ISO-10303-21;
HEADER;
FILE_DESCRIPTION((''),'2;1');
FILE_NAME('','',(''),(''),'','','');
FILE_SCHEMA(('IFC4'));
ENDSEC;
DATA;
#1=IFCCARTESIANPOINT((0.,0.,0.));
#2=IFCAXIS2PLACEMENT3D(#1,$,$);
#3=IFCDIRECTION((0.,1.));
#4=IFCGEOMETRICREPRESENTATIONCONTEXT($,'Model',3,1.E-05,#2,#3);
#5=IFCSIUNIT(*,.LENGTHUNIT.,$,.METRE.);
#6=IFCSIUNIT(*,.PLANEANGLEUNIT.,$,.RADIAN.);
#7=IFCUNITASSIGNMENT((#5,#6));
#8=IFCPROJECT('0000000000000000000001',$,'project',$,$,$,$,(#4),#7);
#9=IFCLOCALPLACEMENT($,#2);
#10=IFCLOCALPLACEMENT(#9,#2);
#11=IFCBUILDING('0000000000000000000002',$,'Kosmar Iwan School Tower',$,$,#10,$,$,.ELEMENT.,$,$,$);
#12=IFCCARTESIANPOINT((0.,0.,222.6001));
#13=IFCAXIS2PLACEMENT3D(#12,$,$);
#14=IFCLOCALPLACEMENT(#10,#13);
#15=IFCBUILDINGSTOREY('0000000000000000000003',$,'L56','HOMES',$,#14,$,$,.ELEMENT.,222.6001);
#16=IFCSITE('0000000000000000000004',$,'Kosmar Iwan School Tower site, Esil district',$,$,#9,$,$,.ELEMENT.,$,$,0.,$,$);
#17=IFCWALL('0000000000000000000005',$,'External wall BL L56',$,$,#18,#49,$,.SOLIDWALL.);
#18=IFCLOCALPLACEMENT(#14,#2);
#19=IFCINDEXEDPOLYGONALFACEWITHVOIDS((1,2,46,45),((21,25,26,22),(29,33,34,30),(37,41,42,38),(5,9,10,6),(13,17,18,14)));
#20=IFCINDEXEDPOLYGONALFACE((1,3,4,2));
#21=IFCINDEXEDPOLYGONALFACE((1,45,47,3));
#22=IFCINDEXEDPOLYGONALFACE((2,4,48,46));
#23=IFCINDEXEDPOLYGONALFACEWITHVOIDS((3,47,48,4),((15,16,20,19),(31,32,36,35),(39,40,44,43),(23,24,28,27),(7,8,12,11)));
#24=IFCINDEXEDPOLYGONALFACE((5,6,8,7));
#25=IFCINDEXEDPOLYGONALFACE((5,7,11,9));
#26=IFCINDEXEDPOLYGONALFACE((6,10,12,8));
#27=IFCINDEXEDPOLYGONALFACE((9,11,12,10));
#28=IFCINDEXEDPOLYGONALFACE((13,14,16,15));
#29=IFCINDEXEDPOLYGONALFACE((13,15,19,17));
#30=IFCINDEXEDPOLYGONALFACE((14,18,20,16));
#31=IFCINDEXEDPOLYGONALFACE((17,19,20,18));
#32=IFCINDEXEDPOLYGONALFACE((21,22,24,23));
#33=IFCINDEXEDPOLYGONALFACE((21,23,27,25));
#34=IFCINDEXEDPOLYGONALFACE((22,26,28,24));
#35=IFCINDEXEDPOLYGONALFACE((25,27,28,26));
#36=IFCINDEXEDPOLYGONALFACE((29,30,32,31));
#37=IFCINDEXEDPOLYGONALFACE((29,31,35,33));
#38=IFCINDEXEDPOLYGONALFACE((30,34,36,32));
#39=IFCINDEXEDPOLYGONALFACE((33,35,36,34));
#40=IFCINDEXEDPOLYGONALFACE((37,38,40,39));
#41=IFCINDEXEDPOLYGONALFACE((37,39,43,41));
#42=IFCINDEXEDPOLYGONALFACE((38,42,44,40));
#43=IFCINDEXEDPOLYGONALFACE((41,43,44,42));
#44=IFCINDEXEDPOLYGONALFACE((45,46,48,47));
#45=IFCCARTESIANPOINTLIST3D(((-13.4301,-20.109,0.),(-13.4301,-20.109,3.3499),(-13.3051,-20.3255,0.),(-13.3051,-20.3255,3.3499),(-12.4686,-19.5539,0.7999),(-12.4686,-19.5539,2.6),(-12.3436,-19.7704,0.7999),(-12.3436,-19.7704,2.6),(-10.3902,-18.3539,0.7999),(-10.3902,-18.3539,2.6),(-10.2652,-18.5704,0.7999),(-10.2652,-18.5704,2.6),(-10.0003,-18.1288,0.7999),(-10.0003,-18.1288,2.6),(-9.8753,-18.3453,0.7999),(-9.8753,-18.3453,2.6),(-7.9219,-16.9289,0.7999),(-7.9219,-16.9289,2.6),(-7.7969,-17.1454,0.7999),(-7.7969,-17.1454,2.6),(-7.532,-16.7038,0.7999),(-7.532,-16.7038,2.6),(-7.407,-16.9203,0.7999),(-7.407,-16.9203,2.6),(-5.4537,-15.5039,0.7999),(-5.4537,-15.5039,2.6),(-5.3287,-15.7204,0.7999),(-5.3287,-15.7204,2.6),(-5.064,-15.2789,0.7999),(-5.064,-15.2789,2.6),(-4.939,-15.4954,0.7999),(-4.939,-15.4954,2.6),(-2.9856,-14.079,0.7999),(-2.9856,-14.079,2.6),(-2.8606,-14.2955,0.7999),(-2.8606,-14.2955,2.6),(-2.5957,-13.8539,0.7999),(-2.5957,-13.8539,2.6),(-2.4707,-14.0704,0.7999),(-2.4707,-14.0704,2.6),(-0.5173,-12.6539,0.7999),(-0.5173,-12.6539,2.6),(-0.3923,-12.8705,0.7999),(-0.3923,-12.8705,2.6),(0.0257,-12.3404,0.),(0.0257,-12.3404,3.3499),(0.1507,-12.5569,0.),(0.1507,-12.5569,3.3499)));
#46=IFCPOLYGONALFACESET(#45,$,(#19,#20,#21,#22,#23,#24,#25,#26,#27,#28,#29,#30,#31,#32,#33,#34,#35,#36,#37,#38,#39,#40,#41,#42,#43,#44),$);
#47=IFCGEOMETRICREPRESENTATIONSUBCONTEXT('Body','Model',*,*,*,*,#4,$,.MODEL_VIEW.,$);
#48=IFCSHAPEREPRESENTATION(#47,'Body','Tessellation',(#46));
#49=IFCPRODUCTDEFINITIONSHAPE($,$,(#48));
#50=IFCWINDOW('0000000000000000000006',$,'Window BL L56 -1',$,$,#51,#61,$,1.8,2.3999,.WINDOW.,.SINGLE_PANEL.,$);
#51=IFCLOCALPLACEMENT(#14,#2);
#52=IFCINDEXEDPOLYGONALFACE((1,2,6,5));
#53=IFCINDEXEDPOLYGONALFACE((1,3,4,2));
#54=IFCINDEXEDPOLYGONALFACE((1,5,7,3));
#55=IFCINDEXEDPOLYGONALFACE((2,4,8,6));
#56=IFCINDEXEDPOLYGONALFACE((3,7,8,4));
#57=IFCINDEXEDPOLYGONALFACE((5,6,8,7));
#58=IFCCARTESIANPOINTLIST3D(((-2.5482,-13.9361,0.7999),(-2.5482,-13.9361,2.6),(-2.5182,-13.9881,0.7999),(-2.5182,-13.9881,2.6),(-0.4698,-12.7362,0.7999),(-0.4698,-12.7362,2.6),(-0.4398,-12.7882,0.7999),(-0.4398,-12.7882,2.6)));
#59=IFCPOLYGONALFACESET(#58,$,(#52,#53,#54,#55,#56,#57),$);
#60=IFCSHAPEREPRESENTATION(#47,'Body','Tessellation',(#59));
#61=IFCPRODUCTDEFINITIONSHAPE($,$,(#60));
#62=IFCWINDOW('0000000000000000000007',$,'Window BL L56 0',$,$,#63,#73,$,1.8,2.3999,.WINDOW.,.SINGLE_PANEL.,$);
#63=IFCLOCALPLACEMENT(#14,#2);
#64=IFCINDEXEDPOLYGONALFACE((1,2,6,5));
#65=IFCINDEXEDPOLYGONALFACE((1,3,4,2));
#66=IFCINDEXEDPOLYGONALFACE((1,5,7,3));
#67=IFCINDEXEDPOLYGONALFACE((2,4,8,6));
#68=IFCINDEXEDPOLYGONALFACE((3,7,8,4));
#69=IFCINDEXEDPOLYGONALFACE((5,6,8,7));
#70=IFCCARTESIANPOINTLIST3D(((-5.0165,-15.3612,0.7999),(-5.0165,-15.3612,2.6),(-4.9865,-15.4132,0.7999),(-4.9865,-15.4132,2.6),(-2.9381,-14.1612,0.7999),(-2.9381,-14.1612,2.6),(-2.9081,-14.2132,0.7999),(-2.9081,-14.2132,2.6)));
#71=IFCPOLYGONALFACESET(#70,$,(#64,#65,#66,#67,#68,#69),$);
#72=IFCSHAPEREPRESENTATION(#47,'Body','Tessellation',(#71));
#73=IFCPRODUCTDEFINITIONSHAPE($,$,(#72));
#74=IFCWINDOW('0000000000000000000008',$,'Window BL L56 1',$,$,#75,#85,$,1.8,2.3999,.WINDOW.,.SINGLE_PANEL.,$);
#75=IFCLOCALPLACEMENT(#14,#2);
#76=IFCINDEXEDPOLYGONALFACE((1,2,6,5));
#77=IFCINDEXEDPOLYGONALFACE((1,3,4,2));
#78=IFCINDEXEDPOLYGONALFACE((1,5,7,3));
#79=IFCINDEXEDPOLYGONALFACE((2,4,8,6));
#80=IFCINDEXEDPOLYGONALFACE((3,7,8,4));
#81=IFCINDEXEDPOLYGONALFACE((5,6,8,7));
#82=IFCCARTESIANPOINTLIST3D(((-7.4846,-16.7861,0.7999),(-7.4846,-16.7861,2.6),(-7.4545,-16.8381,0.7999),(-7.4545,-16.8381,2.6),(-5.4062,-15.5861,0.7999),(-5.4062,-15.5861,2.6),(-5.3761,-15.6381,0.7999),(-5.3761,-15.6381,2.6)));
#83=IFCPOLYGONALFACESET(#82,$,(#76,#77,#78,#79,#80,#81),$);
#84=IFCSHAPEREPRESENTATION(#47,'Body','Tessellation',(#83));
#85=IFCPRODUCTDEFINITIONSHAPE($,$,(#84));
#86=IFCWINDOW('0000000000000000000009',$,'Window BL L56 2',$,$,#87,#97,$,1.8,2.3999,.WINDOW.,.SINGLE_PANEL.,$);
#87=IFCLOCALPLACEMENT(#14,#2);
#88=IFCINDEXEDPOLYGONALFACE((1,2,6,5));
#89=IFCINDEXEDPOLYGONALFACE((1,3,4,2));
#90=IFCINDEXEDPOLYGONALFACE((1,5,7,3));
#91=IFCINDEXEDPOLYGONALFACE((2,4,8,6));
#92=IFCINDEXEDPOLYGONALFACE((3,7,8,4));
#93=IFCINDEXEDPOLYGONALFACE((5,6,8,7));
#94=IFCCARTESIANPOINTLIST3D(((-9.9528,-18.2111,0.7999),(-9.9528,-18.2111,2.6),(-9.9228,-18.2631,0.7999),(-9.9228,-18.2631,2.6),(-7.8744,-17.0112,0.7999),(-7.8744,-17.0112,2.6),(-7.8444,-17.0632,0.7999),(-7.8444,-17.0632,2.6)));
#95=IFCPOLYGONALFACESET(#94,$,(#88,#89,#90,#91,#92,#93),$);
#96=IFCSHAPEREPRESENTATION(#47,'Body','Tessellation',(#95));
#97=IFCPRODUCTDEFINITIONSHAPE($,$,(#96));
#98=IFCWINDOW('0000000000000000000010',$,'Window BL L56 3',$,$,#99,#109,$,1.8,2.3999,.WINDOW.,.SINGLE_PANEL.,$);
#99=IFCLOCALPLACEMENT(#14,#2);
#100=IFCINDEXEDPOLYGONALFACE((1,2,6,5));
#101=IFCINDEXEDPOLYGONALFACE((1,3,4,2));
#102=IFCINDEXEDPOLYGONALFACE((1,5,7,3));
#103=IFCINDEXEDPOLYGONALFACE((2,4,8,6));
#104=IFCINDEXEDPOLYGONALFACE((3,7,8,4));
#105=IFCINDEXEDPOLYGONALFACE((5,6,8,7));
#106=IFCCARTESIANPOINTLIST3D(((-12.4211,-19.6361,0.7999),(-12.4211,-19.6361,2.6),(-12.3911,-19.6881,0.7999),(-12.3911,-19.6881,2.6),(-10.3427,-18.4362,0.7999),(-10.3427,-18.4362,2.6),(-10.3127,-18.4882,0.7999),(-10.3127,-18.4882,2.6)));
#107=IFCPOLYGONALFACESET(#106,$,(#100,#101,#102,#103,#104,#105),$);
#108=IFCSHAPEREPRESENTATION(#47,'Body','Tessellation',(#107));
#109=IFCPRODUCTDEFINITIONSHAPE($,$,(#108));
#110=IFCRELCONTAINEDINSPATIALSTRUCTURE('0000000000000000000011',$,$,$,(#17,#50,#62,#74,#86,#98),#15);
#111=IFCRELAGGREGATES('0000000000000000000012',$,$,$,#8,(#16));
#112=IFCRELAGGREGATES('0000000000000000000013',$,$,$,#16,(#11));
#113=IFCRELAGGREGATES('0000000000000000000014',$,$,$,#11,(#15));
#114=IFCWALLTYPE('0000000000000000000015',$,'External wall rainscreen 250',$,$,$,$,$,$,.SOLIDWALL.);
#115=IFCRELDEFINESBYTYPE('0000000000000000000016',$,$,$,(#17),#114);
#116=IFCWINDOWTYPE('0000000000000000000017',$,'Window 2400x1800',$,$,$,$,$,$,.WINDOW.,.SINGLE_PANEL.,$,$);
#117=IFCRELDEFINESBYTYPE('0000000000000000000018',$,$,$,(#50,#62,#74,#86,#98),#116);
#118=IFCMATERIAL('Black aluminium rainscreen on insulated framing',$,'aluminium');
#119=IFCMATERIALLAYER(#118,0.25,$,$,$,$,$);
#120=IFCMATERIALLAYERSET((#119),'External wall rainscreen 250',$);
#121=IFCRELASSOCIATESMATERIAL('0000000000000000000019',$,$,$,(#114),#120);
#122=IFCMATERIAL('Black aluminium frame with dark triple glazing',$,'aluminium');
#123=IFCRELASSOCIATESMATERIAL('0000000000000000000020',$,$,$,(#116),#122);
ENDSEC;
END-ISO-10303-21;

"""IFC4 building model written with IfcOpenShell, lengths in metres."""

from ifc_helpers import new_model, si_unit, direction, frame, frame_2d, origin, place, context, subcontext, project, spatial, rectangle, extrude, material, layer, layer_set, type_object, element, fill, save


model = new_model("IFC4")

# Units and contexts
model_context = context("Model", 3, precision=1e-05, world=origin(), true_north=direction((0.0, 1.0)))
body_context = subcontext(model_context, "Body", "Model", "MODEL_VIEW")
ifc_project = project(units=[si_unit("LENGTHUNIT", "METRE"), si_unit("PLANEANGLEUNIT", "RADIAN")], contexts=[model_context])

# Site, building, storey
site_placement = place(None, origin())
site = spatial("IfcSite", under=ifc_project, at=site_placement, Name="Kosmar Iwan School Tower site, Esil district", CompositionType="ELEMENT", RefElevation=0.0)
building_placement = place(site_placement, origin())
building = spatial("IfcBuilding", under=site, at=building_placement, Name="Kosmar Iwan School Tower", CompositionType="ELEMENT")
storey_placement = place(building_placement, frame((0.0, 0.0, 222.6001)))
storey = spatial("IfcBuildingStorey", under=building, at=storey_placement, Name="L56", Description="HOMES", CompositionType="ELEMENT", Elevation=222.6001)

# Wall, openings, windows
ifc_material_1 = material(Name="Black aluminium rainscreen on insulated framing", Category="aluminium")
ifc_layer_1 = layer(ifc_material_1, 0.25)
ifc_layer_set_1 = layer_set([ifc_layer_1], Name="External wall rainscreen 250")
wall_type_1 = type_object("IfcWallType", Name="External wall rainscreen 250", PredefinedType="SOLIDWALL", material=ifc_layer_set_1)
wall_1_placement = place(storey_placement, frame((0.0881, -12.4487, 0.0), z_axis=(0.0, 0.0, 1.0), x_axis=(-0.86603, -0.499992, 0.0)))
wall_1 = element("IfcWall", 1, at=wall_1_placement, inside=storey, type_object=wall_type_1, Name="External wall BL L56", PredefinedType="SOLIDWALL", context=body_context, shape_type="SweptSolid", body=[
    extrude(rectangle(XDim=15.5374, YDim=0.25, at=frame_2d((7.7686, 0.0))), origin(), (0.0, 0.0, 1.0), 3.3499),
])
opening_1_placement = place(wall_1_placement, frame((0.627, 0.0, 0.8)))
opening_1 = element("IfcOpeningElement", 2, at=opening_1_placement, cuts=wall_1, PredefinedType="OPENING", context=body_context, shape_type="SweptSolid", body=[
    extrude(rectangle(XDim=2.3999, YDim=1.8, at=frame_2d((1.2, 0.8999))), frame((0.0, 0.137, 0.0), z_axis=(0.0, -1.0, 0.0), x_axis=(1.0, 0.0, 0.0)), (0.0, 0.0, 1.0), 0.2739),
])
opening_2_placement = place(wall_1_placement, frame((3.4771, 0.0, 0.8)))
opening_2 = element("IfcOpeningElement", 3, at=opening_2_placement, cuts=wall_1, PredefinedType="OPENING", context=body_context, shape_type="SweptSolid", body=[
    extrude(rectangle(XDim=2.3999, YDim=1.8, at=frame_2d((1.2, 0.8999))), frame((0.0, 0.137, 0.0), z_axis=(0.0, -1.0, 0.0), x_axis=(1.0, 0.0, 0.0)), (0.0, 0.0, 1.0), 0.2739),
])
opening_3_placement = place(wall_1_placement, frame((6.3269, 0.0, 0.8)))
opening_3 = element("IfcOpeningElement", 4, at=opening_3_placement, cuts=wall_1, PredefinedType="OPENING", context=body_context, shape_type="SweptSolid", body=[
    extrude(rectangle(XDim=2.3999, YDim=1.8, at=frame_2d((1.2, 0.8999))), frame((0.0, 0.137, 0.0), z_axis=(0.0, -1.0, 0.0), x_axis=(1.0, 0.0, 0.0)), (0.0, 0.0, 1.0), 0.2739),
])
opening_4_placement = place(wall_1_placement, frame((9.177, 0.0, 0.8)))
opening_4 = element("IfcOpeningElement", 5, at=opening_4_placement, cuts=wall_1, PredefinedType="OPENING", context=body_context, shape_type="SweptSolid", body=[
    extrude(rectangle(XDim=2.3999, YDim=1.8, at=frame_2d((1.2, 0.8999))), frame((0.0, 0.137, 0.0), z_axis=(0.0, -1.0, 0.0), x_axis=(1.0, 0.0, 0.0)), (0.0, 0.0, 1.0), 0.2739),
])
opening_5_placement = place(wall_1_placement, frame((12.0271, 0.0, 0.8)))
opening_5 = element("IfcOpeningElement", 6, at=opening_5_placement, cuts=wall_1, PredefinedType="OPENING", context=body_context, shape_type="SweptSolid", body=[
    extrude(rectangle(XDim=2.3999, YDim=1.8, at=frame_2d((1.2, 0.8999))), frame((0.0, 0.137, 0.0), z_axis=(0.0, -1.0, 0.0), x_axis=(1.0, 0.0, 0.0)), (0.0, 0.0, 1.0), 0.2739),
])
ifc_material_2 = material(Name="Black aluminium frame with dark triple glazing", Category="aluminium")
window_type = type_object("IfcWindowType", Name="Window 2400x1800", PartitioningType="SINGLE_PANEL", PredefinedType="WINDOW", material=ifc_material_2)
window_1_placement = place(opening_1_placement, origin())
window_1 = element("IfcWindow", 7, at=window_1_placement, inside=storey, type_object=window_type, Name="Window BL L56 -1", OverallHeight=1.8, OverallWidth=2.3999, PartitioningType="SINGLE_PANEL", PredefinedType="WINDOW", context=body_context, shape_type="SweptSolid", body=[
    extrude(rectangle(XDim=2.3999, YDim=1.8, at=frame_2d((1.2, 0.8999))), frame((0.0, 0.03, 0.0), z_axis=(0.0, -1.0, 0.0), x_axis=(1.0, 0.0, 0.0)), (0.0, 0.0, 1.0), 0.0601),
])
fill(opening_1, window_1)
window_2_placement = place(opening_2_placement, origin())
window_2 = element("IfcWindow", 8, at=window_2_placement, inside=storey, type_object=window_type, Name="Window BL L56 0", OverallHeight=1.8, OverallWidth=2.3999, PartitioningType="SINGLE_PANEL", PredefinedType="WINDOW", context=body_context, shape_type="SweptSolid", body=[
    extrude(rectangle(XDim=2.3999, YDim=1.8, at=frame_2d((1.2, 0.8999))), frame((0.0, 0.03, 0.0), z_axis=(0.0, -1.0, 0.0), x_axis=(1.0, 0.0, 0.0)), (0.0, 0.0, 1.0), 0.0601),
])
fill(opening_2, window_2)
window_3_placement = place(opening_3_placement, origin())
window_3 = element("IfcWindow", 9, at=window_3_placement, inside=storey, type_object=window_type, Name="Window BL L56 1", OverallHeight=1.8, OverallWidth=2.3999, PartitioningType="SINGLE_PANEL", PredefinedType="WINDOW", context=body_context, shape_type="SweptSolid", body=[
    extrude(rectangle(XDim=2.3999, YDim=1.8, at=frame_2d((1.2, 0.8999))), frame((0.0, 0.03, 0.0), z_axis=(0.0, -1.0, 0.0), x_axis=(1.0, 0.0, 0.0)), (0.0, 0.0, 1.0), 0.0601),
])
fill(opening_3, window_3)
window_4_placement = place(opening_4_placement, origin())
window_4 = element("IfcWindow", 10, at=window_4_placement, inside=storey, type_object=window_type, Name="Window BL L56 2", OverallHeight=1.8, OverallWidth=2.3999, PartitioningType="SINGLE_PANEL", PredefinedType="WINDOW", context=body_context, shape_type="SweptSolid", body=[
    extrude(rectangle(XDim=2.3999, YDim=1.8, at=frame_2d((1.2, 0.8999))), frame((0.0, 0.03, 0.0), z_axis=(0.0, -1.0, 0.0), x_axis=(1.0, 0.0, 0.0)), (0.0, 0.0, 1.0), 0.0601),
])
fill(opening_4, window_4)
window_5_placement = place(opening_5_placement, origin())
window_5 = element("IfcWindow", 11, at=window_5_placement, inside=storey, type_object=window_type, Name="Window BL L56 3", OverallHeight=1.8, OverallWidth=2.3999, PartitioningType="SINGLE_PANEL", PredefinedType="WINDOW", context=body_context, shape_type="SweptSolid", body=[
    extrude(rectangle(XDim=2.3999, YDim=1.8, at=frame_2d((1.2, 0.8999))), frame((0.0, 0.03, 0.0), z_axis=(0.0, -1.0, 0.0), x_axis=(1.0, 0.0, 0.0)), (0.0, 0.0, 1.0), 0.0601),
])
fill(opening_5, window_5)

save(model, "model.ifc")
